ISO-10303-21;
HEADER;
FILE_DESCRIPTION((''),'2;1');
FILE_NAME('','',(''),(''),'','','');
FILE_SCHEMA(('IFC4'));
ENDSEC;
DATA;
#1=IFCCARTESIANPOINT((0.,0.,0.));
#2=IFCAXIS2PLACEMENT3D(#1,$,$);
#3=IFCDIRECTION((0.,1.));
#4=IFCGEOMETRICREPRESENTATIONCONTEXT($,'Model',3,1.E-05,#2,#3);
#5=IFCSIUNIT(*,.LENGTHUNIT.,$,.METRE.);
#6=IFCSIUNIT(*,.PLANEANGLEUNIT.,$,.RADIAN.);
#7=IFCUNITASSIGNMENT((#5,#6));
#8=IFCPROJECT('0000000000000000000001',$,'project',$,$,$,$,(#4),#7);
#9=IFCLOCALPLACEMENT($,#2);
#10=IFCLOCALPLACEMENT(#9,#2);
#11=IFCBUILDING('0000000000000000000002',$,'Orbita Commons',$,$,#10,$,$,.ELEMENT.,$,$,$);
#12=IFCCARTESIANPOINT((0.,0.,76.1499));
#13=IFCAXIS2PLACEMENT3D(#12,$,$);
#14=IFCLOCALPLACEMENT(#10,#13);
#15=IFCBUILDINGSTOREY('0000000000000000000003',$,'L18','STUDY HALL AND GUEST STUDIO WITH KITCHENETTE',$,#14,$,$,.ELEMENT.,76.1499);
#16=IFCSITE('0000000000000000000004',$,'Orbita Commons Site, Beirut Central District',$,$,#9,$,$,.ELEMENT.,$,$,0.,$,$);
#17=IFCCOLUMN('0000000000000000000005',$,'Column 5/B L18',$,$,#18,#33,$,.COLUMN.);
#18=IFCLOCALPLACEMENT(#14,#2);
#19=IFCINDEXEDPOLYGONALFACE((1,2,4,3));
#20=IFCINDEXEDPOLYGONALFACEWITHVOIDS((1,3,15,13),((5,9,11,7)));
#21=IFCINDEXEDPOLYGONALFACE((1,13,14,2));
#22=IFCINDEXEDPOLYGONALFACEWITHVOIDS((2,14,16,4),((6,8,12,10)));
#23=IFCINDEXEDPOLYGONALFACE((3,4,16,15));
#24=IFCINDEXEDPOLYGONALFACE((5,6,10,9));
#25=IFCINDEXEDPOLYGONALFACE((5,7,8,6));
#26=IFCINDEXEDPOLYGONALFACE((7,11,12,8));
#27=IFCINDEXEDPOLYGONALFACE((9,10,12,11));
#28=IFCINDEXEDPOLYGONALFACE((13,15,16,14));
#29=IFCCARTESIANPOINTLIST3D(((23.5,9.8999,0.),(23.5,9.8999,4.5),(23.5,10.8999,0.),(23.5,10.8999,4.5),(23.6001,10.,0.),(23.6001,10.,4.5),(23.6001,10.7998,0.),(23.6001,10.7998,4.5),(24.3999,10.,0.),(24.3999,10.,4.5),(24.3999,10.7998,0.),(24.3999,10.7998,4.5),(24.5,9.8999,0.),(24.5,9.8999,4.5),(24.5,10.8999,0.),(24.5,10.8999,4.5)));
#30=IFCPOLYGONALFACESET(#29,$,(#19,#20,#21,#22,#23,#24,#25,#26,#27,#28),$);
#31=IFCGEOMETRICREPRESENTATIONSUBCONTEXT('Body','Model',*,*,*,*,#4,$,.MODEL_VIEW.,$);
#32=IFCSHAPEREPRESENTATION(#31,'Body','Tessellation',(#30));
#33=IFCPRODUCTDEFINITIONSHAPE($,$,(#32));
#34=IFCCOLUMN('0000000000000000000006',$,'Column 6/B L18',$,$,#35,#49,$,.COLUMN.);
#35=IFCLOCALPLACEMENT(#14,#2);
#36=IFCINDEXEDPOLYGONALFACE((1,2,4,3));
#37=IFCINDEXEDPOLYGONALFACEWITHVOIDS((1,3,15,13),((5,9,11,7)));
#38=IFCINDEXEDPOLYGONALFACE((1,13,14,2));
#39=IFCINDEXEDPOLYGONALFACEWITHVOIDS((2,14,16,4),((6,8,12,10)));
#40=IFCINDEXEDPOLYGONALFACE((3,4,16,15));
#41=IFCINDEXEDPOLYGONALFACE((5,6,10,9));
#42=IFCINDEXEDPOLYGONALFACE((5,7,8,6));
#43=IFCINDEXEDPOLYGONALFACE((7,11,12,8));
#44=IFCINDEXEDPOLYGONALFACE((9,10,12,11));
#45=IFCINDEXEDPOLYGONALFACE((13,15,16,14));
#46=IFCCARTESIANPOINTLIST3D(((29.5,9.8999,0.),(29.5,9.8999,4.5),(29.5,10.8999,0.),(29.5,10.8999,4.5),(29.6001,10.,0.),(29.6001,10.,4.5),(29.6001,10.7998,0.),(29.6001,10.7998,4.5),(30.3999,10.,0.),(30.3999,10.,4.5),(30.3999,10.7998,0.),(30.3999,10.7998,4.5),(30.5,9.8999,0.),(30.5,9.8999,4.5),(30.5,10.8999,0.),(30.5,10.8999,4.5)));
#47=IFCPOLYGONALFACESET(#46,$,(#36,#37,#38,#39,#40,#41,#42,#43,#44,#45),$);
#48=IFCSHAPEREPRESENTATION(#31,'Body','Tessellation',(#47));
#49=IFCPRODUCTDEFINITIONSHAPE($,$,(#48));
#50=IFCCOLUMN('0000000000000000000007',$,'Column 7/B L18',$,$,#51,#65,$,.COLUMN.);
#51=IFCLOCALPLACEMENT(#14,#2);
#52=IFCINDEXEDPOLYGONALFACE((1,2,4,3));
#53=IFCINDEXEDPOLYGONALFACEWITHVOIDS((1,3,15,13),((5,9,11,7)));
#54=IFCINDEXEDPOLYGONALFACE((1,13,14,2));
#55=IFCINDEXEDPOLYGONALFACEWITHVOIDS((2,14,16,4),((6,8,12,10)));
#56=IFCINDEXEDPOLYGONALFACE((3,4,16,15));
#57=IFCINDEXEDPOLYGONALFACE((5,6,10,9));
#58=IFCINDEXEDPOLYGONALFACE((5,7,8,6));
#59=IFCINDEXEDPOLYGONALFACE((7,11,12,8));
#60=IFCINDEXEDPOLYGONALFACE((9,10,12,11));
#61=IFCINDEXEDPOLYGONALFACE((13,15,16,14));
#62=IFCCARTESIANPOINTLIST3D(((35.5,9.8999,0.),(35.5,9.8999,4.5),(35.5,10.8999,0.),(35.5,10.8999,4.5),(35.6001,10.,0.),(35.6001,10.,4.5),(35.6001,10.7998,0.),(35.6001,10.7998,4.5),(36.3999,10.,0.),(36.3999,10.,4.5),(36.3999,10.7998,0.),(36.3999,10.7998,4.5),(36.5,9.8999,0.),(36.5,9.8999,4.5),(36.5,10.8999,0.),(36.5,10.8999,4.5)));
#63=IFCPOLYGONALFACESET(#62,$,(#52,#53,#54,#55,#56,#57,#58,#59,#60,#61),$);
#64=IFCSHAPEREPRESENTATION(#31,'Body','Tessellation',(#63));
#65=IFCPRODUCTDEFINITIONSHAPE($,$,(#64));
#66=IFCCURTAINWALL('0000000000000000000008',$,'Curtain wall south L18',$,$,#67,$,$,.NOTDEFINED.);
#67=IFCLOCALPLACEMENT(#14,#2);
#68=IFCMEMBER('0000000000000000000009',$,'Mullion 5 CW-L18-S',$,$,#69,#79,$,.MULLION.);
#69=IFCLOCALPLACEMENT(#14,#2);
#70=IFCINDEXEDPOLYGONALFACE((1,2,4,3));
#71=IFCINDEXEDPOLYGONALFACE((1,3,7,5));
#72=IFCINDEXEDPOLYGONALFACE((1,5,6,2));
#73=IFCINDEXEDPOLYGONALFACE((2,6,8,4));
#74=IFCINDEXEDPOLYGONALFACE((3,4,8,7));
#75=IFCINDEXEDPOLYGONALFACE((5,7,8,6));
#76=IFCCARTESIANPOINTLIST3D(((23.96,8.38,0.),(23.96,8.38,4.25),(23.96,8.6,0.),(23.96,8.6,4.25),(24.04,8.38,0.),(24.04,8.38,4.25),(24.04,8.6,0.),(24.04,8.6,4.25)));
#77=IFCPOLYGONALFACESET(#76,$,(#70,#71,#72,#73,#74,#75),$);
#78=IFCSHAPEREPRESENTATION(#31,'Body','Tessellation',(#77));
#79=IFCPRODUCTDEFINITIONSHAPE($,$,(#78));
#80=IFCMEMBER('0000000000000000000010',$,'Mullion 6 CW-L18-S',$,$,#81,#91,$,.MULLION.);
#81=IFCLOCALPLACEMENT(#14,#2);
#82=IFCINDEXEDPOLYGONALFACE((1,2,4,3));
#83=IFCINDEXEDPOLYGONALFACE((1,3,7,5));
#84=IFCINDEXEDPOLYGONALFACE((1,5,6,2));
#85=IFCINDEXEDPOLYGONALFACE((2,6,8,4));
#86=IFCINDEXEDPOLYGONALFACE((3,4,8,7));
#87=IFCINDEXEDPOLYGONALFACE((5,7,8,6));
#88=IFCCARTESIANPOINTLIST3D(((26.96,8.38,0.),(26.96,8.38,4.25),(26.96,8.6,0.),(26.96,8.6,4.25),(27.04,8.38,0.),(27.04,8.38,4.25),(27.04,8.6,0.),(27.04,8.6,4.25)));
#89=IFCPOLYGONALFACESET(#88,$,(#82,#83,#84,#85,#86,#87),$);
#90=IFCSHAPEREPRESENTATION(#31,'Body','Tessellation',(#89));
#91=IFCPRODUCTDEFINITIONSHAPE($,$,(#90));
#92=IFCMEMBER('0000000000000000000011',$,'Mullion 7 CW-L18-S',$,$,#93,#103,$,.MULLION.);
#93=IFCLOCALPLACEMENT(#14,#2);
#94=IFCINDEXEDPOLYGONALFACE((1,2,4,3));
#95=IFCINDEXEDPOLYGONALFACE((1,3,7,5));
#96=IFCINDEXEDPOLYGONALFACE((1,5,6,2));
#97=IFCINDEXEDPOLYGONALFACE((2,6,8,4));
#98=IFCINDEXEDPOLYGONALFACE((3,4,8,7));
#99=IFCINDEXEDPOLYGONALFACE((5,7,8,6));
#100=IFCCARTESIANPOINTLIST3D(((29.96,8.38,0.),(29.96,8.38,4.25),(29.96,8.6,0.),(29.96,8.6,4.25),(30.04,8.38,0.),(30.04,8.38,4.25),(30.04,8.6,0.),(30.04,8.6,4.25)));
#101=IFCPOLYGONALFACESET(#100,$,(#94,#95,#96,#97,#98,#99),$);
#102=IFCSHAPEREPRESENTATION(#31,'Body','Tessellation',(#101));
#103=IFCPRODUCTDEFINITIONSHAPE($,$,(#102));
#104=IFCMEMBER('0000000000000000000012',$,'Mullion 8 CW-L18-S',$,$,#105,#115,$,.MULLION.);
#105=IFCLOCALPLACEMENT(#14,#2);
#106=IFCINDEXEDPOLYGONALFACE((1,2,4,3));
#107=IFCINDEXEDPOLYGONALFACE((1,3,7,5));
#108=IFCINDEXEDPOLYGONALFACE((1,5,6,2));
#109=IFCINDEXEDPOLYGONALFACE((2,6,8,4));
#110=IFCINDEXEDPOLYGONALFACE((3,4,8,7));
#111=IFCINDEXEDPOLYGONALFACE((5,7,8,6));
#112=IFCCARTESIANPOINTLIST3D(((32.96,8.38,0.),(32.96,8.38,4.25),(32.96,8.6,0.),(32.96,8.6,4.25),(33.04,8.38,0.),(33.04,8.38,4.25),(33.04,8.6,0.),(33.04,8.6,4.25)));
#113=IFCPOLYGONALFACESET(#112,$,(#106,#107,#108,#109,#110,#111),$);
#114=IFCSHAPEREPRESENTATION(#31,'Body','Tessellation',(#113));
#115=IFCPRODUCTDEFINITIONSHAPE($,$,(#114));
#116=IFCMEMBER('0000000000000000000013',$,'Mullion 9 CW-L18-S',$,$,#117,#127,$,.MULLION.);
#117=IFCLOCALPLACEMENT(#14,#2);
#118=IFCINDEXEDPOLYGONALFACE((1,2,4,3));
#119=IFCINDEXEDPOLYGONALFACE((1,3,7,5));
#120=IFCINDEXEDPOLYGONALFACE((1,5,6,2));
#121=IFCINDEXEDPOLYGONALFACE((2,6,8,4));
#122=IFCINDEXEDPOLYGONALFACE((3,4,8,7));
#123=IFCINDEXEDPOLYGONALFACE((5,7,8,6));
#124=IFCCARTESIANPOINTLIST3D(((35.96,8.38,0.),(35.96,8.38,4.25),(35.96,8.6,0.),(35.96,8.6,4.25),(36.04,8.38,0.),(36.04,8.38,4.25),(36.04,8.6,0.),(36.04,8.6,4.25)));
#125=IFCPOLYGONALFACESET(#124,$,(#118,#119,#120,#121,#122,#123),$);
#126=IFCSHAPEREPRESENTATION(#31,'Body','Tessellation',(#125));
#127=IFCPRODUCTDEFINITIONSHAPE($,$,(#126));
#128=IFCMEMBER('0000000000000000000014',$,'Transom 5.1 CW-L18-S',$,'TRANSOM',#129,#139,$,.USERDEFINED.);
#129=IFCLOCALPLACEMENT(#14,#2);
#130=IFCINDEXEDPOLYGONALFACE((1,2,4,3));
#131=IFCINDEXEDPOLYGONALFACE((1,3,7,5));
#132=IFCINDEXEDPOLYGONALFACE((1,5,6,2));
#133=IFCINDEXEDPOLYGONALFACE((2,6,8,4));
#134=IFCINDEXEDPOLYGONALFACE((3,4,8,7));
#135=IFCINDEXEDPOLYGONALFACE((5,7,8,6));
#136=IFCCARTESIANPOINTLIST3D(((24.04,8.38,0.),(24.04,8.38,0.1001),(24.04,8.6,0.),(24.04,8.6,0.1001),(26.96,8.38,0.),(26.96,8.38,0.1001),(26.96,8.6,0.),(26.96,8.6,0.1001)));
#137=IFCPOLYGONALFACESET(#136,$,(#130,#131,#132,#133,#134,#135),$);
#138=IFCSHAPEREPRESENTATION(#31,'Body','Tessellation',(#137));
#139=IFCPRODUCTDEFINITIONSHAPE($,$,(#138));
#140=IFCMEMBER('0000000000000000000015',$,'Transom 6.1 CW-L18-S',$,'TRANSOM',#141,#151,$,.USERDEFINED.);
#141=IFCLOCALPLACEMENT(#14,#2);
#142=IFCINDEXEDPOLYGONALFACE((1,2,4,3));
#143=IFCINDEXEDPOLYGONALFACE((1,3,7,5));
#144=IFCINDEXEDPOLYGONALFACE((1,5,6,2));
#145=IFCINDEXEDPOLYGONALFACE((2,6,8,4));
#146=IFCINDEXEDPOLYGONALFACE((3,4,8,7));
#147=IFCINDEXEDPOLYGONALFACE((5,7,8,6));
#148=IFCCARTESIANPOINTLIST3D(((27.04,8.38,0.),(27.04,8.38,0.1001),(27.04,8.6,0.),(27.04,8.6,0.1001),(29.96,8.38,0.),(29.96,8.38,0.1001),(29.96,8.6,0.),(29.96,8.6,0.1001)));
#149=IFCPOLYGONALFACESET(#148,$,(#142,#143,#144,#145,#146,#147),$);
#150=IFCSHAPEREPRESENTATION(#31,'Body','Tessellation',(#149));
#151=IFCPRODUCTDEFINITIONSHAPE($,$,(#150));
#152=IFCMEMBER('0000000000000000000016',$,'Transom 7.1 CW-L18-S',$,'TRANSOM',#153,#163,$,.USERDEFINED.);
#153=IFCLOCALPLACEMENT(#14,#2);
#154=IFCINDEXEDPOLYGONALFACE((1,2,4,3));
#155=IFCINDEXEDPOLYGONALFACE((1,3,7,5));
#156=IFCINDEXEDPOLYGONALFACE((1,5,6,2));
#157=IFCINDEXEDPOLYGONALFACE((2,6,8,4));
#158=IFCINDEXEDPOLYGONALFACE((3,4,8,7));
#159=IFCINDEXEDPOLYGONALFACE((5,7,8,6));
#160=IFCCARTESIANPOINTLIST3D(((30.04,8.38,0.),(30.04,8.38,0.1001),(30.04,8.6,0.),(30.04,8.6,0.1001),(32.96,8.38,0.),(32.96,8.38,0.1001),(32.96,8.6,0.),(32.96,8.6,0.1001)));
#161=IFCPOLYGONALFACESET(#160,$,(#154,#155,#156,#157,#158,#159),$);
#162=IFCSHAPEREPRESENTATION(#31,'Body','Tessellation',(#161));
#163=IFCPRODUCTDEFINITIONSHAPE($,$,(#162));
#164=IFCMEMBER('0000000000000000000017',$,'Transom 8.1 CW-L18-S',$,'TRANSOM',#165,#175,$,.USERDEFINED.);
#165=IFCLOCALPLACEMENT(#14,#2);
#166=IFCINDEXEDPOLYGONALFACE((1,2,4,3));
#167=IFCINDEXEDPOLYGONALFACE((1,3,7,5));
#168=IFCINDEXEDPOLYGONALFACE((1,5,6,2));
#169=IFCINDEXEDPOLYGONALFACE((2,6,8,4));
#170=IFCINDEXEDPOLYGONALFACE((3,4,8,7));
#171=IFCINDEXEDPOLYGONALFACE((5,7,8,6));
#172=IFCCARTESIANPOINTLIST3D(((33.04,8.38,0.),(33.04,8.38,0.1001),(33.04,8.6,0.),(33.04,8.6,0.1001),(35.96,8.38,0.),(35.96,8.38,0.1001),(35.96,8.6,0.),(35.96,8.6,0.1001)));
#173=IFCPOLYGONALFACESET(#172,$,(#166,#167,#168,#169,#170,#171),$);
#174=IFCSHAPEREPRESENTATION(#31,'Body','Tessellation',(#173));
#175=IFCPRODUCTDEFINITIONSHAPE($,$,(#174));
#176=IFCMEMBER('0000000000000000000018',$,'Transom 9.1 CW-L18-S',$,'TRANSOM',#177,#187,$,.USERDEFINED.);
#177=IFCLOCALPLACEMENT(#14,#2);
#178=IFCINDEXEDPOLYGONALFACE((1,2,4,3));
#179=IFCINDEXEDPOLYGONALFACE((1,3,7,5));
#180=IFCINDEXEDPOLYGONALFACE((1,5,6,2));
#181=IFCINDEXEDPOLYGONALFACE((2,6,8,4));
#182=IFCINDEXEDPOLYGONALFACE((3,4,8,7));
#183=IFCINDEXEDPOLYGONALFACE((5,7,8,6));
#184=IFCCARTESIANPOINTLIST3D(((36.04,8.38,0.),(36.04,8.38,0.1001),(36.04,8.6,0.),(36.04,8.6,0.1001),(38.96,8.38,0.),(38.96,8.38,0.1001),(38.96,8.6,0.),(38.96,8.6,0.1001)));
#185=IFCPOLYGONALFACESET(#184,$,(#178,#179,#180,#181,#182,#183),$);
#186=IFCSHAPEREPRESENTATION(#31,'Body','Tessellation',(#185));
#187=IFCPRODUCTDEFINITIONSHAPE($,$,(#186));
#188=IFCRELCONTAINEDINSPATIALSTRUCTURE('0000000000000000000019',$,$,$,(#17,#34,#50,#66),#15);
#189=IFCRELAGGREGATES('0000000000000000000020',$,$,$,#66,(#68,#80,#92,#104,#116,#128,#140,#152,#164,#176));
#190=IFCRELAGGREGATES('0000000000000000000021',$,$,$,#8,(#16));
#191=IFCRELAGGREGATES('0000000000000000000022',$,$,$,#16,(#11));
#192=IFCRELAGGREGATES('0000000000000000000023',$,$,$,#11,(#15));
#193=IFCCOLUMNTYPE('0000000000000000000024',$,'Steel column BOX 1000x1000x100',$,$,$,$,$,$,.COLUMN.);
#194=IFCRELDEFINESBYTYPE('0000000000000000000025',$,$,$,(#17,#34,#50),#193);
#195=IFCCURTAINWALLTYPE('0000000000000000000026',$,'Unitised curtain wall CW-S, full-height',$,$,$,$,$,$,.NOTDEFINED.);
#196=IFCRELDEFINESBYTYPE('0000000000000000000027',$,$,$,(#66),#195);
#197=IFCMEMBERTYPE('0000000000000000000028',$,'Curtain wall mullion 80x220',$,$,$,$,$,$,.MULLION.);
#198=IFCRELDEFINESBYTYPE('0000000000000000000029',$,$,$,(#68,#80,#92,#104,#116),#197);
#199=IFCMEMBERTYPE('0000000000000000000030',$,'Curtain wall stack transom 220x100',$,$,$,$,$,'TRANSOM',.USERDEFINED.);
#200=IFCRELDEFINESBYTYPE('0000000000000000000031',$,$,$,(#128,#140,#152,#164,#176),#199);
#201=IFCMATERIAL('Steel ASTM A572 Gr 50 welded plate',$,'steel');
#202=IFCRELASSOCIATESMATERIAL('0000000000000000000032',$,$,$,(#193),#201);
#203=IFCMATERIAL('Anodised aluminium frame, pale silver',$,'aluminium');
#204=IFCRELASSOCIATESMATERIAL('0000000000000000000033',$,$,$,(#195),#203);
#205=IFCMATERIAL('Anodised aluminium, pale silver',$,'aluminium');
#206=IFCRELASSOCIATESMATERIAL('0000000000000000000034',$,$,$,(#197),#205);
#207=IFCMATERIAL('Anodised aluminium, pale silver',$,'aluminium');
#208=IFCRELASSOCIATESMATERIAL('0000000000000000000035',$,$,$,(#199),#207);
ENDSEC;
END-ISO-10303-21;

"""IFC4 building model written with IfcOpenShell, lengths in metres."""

from ifc_helpers import new_model, si_unit, direction, frame, origin, origin_2d, place, context, subcontext, project, spatial, rectangle, hollow_rectangle, extrude, material, material_profile, profile_set, type_object, element, aggregate, save


model = new_model("IFC4")

# Units and contexts
model_context = context("Model", 3, precision=1e-05, world=origin(), true_north=direction((0.0, 1.0)))
body_context = subcontext(model_context, "Body", "Model", "MODEL_VIEW")
ifc_project = project(units=[si_unit("LENGTHUNIT", "METRE"), si_unit("PLANEANGLEUNIT", "RADIAN")], contexts=[model_context])

# Site, building, storey
site_placement = place(None, origin())
site = spatial("IfcSite", under=ifc_project, at=site_placement, Name="Orbita Commons Site, Beirut Central District", CompositionType="ELEMENT", RefElevation=0.0)
building_placement = place(site_placement, origin())
building = spatial("IfcBuilding", under=site, at=building_placement, Name="Orbita Commons", CompositionType="ELEMENT")
storey_placement = place(building_placement, frame((0.0, 0.0, 76.1499)))
storey = spatial("IfcBuildingStorey", under=building, at=storey_placement, Name="L18", Description="STUDY HALL AND GUEST STUDIO WITH KITCHENETTE", CompositionType="ELEMENT", Elevation=76.1499)

# Columns
ifc_material_1 = material(Name="Steel ASTM A572 Gr 50 welded plate", Category="steel")
ifc_material_profile_1 = material_profile(ifc_material_1, hollow_rectangle(XDim=1.0, YDim=1.0, WallThickness=0.1001, at=origin_2d()), Name="BOX 1000x1000x100")
ifc_profile_set_1 = profile_set([ifc_material_profile_1], Name="Steel ASTM A572 Gr 50 welded plate")
column_type = type_object("IfcColumnType", Name="Steel column BOX 1000x1000x100", PredefinedType="COLUMN", material=ifc_profile_set_1)
for number, where, z_axis, x_axis, name in (
    (1, (24.0, 10.3999, 0.0), (0.0, 0.0, 1.0), (1.0, 0.0, 0.0), "Column 5/B L18"),
    (2, (30.0, 10.3999, 0.0), (0.0, 0.0, 1.0), (1.0, 0.0, 0.0), "Column 6/B L18"),
    (3, (36.0, 10.3999, 0.0), (0.0, 0.0, 1.0), (1.0, 0.0, 0.0), "Column 7/B L18"),
):
    element("IfcColumn", number, at=place(storey_placement, frame(where, z_axis=z_axis, x_axis=x_axis)), inside=storey, type_object=column_type, Name=name, PredefinedType="COLUMN", context=body_context, shape_type="SweptSolid", body=[
        extrude(hollow_rectangle(XDim=1.0, YDim=1.0, WallThickness=0.1001, at=origin_2d()), origin(), (0.0, 0.0, 1.0), 4.5),
    ])

# Curtain wall, members
ifc_material_2 = material(Name="Anodised aluminium frame, pale silver", Category="aluminium")
curtain_wall_type = type_object("IfcCurtainWallType", Name="Unitised curtain wall CW-S, full-height", PredefinedType="NOTDEFINED", material=ifc_material_2)
curtain_wall_placement = place(storey_placement, origin())
curtain_wall = element("IfcCurtainWall", 4, at=curtain_wall_placement, inside=storey, type_object=curtain_wall_type, Name="Curtain wall south L18", PredefinedType="NOTDEFINED")
ifc_material_3 = material(Name="Anodised aluminium, pale silver", Category="aluminium")
ifc_material_profile_2 = material_profile(ifc_material_3, rectangle(XDim=0.0801, YDim=0.22, at=origin_2d()), Name="AL 80x220")
ifc_profile_set_2 = profile_set([ifc_material_profile_2], Name="Anodised aluminium, pale silver")
member_type_1 = type_object("IfcMemberType", Name="Curtain wall mullion 80x220", PredefinedType="MULLION", material=ifc_profile_set_2)
member_1_placement = place(storey_placement, frame((24.0, 8.49, 0.0), z_axis=(0.0, 0.0, 1.0), x_axis=(1.0, 0.0, 0.0)))
member_1 = element("IfcMember", 5, at=member_1_placement, type_object=member_type_1, Name="Mullion 5 CW-L18-S", PredefinedType="MULLION", context=body_context, shape_type="SweptSolid", body=[
    extrude(rectangle(XDim=0.0801, YDim=0.22, at=origin_2d()), origin(), (0.0, 0.0, 1.0), 4.25),
])
member_2_placement = place(storey_placement, frame((27.0, 8.49, 0.0), z_axis=(0.0, 0.0, 1.0), x_axis=(1.0, 0.0, 0.0)))
member_2 = element("IfcMember", 6, at=member_2_placement, type_object=member_type_1, Name="Mullion 6 CW-L18-S", PredefinedType="MULLION", context=body_context, shape_type="SweptSolid", body=[
    extrude(rectangle(XDim=0.0801, YDim=0.22, at=origin_2d()), origin(), (0.0, 0.0, 1.0), 4.25),
])
member_3_placement = place(storey_placement, frame((30.0, 8.49, 0.0), z_axis=(0.0, 0.0, 1.0), x_axis=(1.0, 0.0, 0.0)))
member_3 = element("IfcMember", 7, at=member_3_placement, type_object=member_type_1, Name="Mullion 7 CW-L18-S", PredefinedType="MULLION", context=body_context, shape_type="SweptSolid", body=[
    extrude(rectangle(XDim=0.0801, YDim=0.22, at=origin_2d()), origin(), (0.0, 0.0, 1.0), 4.25),
])
member_4_placement = place(storey_placement, frame((33.0, 8.49, 0.0), z_axis=(0.0, 0.0, 1.0), x_axis=(1.0, 0.0, 0.0)))
member_4 = element("IfcMember", 8, at=member_4_placement, type_object=member_type_1, Name="Mullion 8 CW-L18-S", PredefinedType="MULLION", context=body_context, shape_type="SweptSolid", body=[
    extrude(rectangle(XDim=0.0801, YDim=0.22, at=origin_2d()), origin(), (0.0, 0.0, 1.0), 4.25),
])
member_5_placement = place(storey_placement, frame((36.0, 8.49, 0.0), z_axis=(0.0, 0.0, 1.0), x_axis=(1.0, 0.0, 0.0)))
member_5 = element("IfcMember", 9, at=member_5_placement, type_object=member_type_1, Name="Mullion 9 CW-L18-S", PredefinedType="MULLION", context=body_context, shape_type="SweptSolid", body=[
    extrude(rectangle(XDim=0.0801, YDim=0.22, at=origin_2d()), origin(), (0.0, 0.0, 1.0), 4.25),
])
ifc_material_4 = material(Name="Anodised aluminium, pale silver", Category="aluminium")
ifc_material_profile_3 = material_profile(ifc_material_4, rectangle(XDim=0.22, YDim=0.1001, at=origin_2d()), Name="AL 220x100")
ifc_profile_set_3 = profile_set([ifc_material_profile_3], Name="Anodised aluminium, pale silver")
member_type_2 = type_object("IfcMemberType", Name="Curtain wall stack transom 220x100", ElementType="TRANSOM", PredefinedType="USERDEFINED", material=ifc_profile_set_3)
member_6_placement = place(storey_placement, frame((24.04, 8.49, 0.05), z_axis=(1.0, 0.0, 0.0), x_axis=(0.0, 1.0, 0.0)))
member_6 = element("IfcMember", 10, at=member_6_placement, type_object=member_type_2, Name="Transom 5.1 CW-L18-S", ObjectType="TRANSOM", PredefinedType="USERDEFINED", context=body_context, shape_type="SweptSolid", body=[
    extrude(rectangle(XDim=0.22, YDim=0.1001, at=origin_2d()), origin(), (0.0, 0.0, 1.0), 2.9199),
])
member_7_placement = place(storey_placement, frame((27.04, 8.49, 0.05), z_axis=(1.0, 0.0, 0.0), x_axis=(0.0, 1.0, 0.0)))
member_7 = element("IfcMember", 11, at=member_7_placement, type_object=member_type_2, Name="Transom 6.1 CW-L18-S", ObjectType="TRANSOM", PredefinedType="USERDEFINED", context=body_context, shape_type="SweptSolid", body=[
    extrude(rectangle(XDim=0.22, YDim=0.1001, at=origin_2d()), origin(), (0.0, 0.0, 1.0), 2.9199),
])
member_8_placement = place(storey_placement, frame((30.04, 8.49, 0.05), z_axis=(1.0, 0.0, 0.0), x_axis=(0.0, 1.0, 0.0)))
member_8 = element("IfcMember", 12, at=member_8_placement, type_object=member_type_2, Name="Transom 7.1 CW-L18-S", ObjectType="TRANSOM", PredefinedType="USERDEFINED", context=body_context, shape_type="SweptSolid", body=[
    extrude(rectangle(XDim=0.22, YDim=0.1001, at=origin_2d()), origin(), (0.0, 0.0, 1.0), 2.9199),
])
member_9_placement = place(storey_placement, frame((33.04, 8.49, 0.05), z_axis=(1.0, 0.0, 0.0), x_axis=(0.0, 1.0, 0.0)))
member_9 = element("IfcMember", 13, at=member_9_placement, type_object=member_type_2, Name="Transom 8.1 CW-L18-S", ObjectType="TRANSOM", PredefinedType="USERDEFINED", context=body_context, shape_type="SweptSolid", body=[
    extrude(rectangle(XDim=0.22, YDim=0.1001, at=origin_2d()), origin(), (0.0, 0.0, 1.0), 2.9199),
])
member_10_placement = place(storey_placement, frame((36.04, 8.49, 0.05), z_axis=(1.0, 0.0, 0.0), x_axis=(0.0, 1.0, 0.0)))
member_10 = element("IfcMember", 14, at=member_10_placement, type_object=member_type_2, Name="Transom 9.1 CW-L18-S", ObjectType="TRANSOM", PredefinedType="USERDEFINED", context=body_context, shape_type="SweptSolid", body=[
    extrude(rectangle(XDim=0.22, YDim=0.1001, at=origin_2d()), origin(), (0.0, 0.0, 1.0), 2.9199),
])

aggregate(curtain_wall, [member_1, member_2, member_3, member_4, member_5, member_6, member_7, member_8, member_9, member_10])

save(model, "model.ifc")
